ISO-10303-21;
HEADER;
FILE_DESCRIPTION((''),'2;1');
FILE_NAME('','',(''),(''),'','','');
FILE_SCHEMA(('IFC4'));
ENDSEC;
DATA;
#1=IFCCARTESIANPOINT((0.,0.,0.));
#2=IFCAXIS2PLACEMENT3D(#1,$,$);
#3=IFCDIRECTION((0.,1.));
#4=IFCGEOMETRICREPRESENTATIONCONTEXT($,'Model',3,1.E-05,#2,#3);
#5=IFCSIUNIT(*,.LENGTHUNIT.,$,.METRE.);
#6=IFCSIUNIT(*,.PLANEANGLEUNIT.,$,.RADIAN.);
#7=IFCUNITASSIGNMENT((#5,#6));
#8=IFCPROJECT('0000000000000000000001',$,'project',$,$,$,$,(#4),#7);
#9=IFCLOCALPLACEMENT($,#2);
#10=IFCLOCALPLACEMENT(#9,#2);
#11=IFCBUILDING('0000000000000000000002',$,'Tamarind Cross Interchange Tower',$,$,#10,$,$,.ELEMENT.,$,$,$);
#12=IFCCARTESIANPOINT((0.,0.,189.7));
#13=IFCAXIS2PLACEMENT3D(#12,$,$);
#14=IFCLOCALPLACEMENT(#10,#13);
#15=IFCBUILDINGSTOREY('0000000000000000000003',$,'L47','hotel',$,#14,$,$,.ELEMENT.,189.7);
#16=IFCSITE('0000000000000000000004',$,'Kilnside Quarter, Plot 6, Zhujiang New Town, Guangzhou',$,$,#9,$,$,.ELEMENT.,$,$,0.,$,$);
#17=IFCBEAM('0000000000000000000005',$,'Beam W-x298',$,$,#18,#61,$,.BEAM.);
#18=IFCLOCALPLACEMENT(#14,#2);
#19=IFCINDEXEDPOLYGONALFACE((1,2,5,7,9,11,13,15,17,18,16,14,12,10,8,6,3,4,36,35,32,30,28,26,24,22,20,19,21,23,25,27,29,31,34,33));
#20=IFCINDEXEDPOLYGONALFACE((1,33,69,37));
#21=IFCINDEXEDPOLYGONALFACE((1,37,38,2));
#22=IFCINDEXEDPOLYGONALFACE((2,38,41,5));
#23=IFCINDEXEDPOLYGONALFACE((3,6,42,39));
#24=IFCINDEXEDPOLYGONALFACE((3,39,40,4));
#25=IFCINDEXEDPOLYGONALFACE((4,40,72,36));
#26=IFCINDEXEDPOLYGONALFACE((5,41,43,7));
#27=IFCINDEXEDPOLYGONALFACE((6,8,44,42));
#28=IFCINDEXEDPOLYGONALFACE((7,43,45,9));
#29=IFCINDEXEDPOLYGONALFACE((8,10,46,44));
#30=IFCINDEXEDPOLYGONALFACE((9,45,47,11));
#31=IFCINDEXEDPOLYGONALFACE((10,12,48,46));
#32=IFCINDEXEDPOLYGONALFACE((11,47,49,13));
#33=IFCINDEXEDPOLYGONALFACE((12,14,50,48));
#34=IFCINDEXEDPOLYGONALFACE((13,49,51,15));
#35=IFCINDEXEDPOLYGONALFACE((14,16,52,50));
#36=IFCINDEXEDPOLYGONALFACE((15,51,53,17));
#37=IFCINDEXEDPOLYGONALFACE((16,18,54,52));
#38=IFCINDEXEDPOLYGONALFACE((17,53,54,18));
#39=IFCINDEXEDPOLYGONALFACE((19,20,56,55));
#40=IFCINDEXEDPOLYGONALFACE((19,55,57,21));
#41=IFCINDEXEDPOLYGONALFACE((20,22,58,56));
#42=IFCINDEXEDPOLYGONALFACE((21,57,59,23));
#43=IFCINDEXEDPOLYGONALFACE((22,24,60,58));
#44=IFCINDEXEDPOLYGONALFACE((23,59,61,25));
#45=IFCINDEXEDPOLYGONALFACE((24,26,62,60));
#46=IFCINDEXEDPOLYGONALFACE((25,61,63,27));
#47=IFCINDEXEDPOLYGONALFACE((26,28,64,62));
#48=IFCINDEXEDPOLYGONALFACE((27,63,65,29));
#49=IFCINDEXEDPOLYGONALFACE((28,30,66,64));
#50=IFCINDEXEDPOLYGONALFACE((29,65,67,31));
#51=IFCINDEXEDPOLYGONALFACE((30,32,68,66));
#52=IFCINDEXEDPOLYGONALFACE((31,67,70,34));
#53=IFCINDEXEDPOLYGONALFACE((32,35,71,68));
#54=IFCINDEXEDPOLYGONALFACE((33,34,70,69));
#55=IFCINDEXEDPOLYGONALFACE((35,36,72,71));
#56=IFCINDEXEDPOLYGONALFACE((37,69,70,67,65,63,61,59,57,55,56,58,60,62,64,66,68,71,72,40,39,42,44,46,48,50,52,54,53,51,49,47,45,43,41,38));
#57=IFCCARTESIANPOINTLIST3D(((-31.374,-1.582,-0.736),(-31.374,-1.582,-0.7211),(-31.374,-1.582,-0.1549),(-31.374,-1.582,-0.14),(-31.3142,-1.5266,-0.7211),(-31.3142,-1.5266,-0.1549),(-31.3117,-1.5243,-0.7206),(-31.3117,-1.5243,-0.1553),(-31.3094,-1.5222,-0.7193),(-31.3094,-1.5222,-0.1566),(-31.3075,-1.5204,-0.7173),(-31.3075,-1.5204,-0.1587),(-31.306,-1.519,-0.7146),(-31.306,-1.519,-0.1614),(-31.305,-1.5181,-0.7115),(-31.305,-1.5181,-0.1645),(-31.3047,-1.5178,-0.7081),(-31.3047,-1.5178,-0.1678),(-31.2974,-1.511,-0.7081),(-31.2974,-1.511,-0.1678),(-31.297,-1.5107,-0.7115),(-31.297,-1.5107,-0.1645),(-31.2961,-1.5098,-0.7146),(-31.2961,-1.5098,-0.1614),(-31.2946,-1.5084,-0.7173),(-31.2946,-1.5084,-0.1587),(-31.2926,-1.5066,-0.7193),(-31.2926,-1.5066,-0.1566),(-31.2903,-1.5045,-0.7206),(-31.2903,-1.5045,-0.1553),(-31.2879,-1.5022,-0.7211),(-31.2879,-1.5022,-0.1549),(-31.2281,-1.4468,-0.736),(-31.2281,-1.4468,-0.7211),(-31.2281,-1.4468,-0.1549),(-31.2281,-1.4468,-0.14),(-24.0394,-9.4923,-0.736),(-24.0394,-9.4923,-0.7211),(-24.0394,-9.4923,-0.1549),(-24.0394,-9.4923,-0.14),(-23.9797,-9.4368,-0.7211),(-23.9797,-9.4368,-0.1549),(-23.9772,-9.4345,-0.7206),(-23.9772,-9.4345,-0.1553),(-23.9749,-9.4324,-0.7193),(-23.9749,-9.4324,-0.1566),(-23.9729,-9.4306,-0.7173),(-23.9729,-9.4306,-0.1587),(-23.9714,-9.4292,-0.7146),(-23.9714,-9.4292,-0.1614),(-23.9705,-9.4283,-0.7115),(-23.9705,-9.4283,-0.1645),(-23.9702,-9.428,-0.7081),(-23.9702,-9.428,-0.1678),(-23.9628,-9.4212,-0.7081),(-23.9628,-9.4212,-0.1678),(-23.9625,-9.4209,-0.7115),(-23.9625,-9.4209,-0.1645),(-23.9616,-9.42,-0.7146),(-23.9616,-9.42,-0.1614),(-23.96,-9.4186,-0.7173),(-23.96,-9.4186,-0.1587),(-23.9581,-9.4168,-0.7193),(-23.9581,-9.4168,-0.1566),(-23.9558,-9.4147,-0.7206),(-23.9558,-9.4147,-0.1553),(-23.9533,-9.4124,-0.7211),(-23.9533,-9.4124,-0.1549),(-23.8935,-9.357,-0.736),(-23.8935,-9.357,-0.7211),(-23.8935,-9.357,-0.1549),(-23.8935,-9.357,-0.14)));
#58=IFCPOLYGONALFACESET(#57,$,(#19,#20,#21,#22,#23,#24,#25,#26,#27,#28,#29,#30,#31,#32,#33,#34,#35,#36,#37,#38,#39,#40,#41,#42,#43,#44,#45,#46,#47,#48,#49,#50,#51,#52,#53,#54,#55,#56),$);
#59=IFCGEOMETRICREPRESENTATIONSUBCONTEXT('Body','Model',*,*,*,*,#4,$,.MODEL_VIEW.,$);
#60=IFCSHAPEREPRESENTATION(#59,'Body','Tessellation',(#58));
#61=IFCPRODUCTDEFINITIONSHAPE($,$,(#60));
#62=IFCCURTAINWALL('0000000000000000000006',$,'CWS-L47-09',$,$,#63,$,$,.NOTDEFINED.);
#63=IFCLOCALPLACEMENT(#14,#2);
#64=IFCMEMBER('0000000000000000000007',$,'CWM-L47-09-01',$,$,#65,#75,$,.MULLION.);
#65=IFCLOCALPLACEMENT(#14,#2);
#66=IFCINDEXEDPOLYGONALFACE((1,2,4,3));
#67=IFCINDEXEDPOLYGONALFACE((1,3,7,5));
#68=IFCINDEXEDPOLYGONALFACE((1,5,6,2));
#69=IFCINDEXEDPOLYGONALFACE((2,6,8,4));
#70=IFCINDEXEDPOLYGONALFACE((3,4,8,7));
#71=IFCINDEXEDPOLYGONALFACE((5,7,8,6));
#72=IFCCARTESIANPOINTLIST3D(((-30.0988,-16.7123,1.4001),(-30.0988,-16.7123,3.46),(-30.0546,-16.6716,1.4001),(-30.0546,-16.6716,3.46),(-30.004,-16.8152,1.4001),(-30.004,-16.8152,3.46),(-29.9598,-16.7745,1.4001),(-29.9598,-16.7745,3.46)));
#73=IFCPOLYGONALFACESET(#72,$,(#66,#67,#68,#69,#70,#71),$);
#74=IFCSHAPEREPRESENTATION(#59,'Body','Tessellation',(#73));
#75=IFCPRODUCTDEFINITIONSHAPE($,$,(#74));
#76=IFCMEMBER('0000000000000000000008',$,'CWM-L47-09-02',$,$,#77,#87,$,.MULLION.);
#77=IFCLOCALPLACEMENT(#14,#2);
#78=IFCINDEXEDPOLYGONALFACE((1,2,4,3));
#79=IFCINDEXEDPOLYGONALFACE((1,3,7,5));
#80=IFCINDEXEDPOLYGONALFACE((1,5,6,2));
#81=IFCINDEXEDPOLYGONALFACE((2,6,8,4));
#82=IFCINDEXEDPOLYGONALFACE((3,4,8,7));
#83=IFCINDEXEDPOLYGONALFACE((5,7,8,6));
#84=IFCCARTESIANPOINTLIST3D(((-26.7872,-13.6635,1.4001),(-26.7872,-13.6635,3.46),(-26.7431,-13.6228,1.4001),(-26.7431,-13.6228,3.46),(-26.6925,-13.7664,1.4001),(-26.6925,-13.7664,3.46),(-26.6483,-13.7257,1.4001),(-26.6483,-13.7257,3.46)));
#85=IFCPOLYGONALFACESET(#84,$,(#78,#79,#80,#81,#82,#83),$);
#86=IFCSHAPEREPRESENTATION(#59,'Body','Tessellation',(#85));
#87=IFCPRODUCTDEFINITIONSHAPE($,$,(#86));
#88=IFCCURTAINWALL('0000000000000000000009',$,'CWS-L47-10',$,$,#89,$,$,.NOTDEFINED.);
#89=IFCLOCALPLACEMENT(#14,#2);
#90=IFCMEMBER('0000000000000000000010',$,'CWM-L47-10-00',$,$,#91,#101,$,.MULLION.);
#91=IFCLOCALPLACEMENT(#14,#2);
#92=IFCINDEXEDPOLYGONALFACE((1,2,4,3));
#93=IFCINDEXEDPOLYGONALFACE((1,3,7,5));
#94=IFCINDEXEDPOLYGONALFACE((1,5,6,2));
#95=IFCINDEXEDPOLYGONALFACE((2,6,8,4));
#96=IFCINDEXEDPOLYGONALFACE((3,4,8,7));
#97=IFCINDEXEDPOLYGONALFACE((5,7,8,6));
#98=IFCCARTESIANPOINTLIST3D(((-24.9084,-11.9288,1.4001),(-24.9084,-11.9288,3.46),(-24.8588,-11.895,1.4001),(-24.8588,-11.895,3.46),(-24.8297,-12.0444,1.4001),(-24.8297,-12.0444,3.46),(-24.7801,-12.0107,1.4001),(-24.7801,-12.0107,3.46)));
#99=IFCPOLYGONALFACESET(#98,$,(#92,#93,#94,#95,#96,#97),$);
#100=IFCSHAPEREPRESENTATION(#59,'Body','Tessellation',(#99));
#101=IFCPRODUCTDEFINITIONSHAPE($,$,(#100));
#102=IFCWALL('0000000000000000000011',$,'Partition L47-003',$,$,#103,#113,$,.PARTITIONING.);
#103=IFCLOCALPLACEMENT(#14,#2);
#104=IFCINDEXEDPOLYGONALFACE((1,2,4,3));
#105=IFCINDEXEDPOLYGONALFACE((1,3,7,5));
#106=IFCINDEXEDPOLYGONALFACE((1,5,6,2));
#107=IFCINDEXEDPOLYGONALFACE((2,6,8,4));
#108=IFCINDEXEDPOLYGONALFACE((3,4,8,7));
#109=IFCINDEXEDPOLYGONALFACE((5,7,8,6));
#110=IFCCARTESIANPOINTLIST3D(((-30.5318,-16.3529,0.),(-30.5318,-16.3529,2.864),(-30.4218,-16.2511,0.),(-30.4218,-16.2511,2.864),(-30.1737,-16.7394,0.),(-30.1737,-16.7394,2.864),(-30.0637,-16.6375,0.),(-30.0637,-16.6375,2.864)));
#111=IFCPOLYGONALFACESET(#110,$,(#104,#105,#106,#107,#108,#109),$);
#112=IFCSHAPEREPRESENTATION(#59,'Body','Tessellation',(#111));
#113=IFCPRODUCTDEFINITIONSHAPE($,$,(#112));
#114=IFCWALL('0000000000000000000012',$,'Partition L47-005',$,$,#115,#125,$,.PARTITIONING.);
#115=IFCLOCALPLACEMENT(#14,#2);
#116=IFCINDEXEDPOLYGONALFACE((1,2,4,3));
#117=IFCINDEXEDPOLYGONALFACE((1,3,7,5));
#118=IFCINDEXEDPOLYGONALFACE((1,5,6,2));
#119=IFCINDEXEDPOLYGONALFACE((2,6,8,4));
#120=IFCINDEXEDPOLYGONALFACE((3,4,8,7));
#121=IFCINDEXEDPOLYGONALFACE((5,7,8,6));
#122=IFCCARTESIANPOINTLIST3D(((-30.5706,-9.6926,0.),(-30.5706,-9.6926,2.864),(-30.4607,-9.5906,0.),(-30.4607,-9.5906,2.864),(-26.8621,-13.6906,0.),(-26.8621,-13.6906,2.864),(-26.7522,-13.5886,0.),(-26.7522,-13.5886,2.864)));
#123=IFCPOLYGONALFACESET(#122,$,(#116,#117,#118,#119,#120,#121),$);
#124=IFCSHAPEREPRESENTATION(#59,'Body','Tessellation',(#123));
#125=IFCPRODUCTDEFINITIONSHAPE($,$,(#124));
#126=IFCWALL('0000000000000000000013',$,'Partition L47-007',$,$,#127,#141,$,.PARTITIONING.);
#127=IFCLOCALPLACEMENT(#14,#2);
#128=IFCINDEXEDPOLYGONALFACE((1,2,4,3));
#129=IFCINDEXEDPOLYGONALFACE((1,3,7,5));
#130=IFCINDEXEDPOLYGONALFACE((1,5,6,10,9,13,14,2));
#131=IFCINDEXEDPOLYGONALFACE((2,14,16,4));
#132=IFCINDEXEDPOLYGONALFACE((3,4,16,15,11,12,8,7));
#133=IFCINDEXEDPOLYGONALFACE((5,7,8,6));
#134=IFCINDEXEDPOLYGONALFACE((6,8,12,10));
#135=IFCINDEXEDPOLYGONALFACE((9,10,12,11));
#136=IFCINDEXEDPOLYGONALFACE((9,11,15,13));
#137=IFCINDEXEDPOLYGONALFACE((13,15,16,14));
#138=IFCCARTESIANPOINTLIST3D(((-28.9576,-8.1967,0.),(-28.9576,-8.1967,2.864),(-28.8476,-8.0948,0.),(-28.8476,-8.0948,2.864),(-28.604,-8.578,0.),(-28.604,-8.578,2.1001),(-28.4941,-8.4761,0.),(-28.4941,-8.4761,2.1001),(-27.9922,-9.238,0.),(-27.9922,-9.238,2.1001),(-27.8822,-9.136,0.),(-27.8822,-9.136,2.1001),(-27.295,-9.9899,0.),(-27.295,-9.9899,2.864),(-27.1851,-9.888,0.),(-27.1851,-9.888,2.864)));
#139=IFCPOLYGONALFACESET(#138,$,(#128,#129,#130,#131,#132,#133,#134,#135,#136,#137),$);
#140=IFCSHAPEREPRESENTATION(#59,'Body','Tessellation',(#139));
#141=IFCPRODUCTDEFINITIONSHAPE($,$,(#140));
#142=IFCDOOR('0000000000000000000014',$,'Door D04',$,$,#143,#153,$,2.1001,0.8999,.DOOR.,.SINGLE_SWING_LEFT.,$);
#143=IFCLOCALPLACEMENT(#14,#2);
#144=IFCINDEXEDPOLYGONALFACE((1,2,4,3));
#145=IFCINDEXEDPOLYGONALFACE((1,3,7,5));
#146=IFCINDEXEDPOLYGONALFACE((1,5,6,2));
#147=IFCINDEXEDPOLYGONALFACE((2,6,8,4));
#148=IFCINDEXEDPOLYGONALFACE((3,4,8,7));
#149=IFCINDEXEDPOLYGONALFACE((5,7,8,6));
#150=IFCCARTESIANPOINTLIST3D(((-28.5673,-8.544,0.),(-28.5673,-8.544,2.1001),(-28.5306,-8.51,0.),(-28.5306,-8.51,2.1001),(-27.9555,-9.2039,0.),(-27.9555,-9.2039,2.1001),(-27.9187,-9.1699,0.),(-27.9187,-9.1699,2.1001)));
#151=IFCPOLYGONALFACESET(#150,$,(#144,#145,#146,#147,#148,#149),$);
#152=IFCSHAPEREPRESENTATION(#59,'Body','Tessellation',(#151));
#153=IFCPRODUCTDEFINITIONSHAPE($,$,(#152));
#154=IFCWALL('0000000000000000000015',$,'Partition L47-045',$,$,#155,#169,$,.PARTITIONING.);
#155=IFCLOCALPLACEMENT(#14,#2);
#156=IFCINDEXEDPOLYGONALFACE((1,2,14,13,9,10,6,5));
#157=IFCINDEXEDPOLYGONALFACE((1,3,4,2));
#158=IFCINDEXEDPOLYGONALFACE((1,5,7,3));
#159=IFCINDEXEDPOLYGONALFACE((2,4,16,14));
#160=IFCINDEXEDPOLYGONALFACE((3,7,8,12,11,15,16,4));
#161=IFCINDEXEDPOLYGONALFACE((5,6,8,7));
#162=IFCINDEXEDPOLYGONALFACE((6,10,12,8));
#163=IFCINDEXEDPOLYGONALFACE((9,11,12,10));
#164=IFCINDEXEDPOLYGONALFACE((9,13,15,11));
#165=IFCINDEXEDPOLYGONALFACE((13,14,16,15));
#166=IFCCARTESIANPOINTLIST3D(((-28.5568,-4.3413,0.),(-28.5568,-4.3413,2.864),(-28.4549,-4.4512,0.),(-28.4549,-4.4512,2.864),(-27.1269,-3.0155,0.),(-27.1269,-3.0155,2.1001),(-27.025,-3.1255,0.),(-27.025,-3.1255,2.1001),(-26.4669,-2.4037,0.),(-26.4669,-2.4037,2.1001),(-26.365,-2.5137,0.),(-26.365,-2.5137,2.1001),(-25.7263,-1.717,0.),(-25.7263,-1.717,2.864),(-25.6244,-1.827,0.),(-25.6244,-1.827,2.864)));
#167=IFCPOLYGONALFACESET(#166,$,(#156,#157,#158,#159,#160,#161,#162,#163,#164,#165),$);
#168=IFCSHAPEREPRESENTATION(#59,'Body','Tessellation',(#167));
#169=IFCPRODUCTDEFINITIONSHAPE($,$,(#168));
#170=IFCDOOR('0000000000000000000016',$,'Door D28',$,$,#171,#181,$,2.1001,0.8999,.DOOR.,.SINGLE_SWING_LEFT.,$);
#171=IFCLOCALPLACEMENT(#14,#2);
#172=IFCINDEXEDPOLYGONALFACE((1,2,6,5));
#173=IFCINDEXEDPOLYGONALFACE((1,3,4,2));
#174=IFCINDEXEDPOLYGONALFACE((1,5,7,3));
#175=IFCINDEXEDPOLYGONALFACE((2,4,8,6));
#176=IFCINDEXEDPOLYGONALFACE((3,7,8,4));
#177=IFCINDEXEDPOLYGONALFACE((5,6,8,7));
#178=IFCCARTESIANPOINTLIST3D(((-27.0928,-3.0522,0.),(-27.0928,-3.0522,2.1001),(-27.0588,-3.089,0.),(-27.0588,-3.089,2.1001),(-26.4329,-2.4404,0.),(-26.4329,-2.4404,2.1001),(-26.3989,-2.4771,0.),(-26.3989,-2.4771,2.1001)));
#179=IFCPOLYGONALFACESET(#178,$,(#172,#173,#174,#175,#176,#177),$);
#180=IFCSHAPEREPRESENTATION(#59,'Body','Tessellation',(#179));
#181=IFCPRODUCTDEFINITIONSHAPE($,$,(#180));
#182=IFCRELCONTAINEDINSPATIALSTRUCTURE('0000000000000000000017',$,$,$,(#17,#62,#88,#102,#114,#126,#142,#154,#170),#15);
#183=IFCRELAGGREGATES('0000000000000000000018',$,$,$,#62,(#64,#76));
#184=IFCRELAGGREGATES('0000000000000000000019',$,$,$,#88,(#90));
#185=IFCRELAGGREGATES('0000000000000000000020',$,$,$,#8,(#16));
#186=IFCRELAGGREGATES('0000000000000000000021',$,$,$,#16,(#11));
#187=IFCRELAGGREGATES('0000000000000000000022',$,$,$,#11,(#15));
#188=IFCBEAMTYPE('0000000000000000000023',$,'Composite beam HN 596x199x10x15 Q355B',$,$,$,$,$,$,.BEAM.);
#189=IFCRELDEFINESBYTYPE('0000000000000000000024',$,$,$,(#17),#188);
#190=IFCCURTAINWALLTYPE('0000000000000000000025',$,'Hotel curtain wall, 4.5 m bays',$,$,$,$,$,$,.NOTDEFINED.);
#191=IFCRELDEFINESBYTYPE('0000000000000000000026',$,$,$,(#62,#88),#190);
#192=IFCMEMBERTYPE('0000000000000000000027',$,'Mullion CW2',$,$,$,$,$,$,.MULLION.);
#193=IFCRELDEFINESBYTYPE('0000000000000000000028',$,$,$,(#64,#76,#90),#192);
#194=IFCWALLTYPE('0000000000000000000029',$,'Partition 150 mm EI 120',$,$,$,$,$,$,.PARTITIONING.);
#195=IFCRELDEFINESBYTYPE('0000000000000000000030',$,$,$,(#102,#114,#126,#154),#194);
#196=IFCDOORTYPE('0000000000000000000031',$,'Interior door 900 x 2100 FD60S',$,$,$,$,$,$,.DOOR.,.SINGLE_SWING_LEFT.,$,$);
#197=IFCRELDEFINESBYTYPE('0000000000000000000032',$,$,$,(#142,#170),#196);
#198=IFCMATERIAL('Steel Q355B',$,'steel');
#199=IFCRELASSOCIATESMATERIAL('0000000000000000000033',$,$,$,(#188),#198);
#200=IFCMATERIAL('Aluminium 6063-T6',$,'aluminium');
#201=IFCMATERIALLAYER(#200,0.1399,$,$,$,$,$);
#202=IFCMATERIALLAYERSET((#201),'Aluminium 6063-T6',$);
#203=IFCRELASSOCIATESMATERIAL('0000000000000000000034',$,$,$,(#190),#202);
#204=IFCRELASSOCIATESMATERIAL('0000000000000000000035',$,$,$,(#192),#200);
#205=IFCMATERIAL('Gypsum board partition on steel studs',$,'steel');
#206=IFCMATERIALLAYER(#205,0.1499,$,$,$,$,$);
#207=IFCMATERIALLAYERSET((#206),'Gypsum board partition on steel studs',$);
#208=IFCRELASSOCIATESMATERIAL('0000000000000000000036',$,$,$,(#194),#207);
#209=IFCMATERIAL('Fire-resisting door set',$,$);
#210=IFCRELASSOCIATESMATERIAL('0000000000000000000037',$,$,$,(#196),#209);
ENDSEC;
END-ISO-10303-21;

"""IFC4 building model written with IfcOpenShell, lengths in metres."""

from ifc_helpers import new_model, si_unit, direction, frame, frame_2d, origin, origin_2d, place, context, subcontext, project, spatial, rectangle, i_section, extrude, material, layer, layer_set, material_profile, profile_set, type_object, element, fill, aggregate, save


model = new_model("IFC4")

# Units and contexts
model_context = context("Model", 3, precision=1e-05, world=origin(), true_north=direction((0.0, 1.0)))
body_context = subcontext(model_context, "Body", "Model", "MODEL_VIEW")
ifc_project = project(units=[si_unit("LENGTHUNIT", "METRE"), si_unit("PLANEANGLEUNIT", "RADIAN")], contexts=[model_context])

# Site, building, storey
site_placement = place(None, origin())
site = spatial("IfcSite", under=ifc_project, at=site_placement, Name="Kilnside Quarter, Plot 6, Zhujiang New Town, Guangzhou", CompositionType="ELEMENT", RefElevation=0.0)
building_placement = place(site_placement, origin())
building = spatial("IfcBuilding", under=site, at=building_placement, Name="Tamarind Cross Interchange Tower", CompositionType="ELEMENT")
storey_placement = place(building_placement, frame((0.0, 0.0, 189.7)))
storey = spatial("IfcBuildingStorey", under=building, at=storey_placement, Name="L47", Description="hotel", CompositionType="ELEMENT", Elevation=189.7)

# Beam
ifc_material_1 = material(Name="Steel Q355B", Category="steel")
ifc_material_profile_1 = material_profile(ifc_material_1, i_section(OverallWidth=0.199, OverallDepth=0.5959, WebThickness=0.01, FlangeThickness=0.0149, FilletRadius=0.0129, at=origin_2d()), Name="HN 596x199x10x15")
ifc_profile_set_1 = profile_set([ifc_material_profile_1], Name="Steel Q355B")
beam_type_1 = type_object("IfcBeamType", Name="Composite beam HN 596x199x10x15 Q355B", PredefinedType="BEAM", material=ifc_profile_set_1)
beam_1_placement = place(storey_placement, frame((-31.301, -1.5144, -0.438), z_axis=(0.67992, -0.733287, 0.0), x_axis=(0.733287, 0.67992, 0.0)))
element("IfcBeam", 1, at=beam_1_placement, inside=storey, type_object=beam_type_1, Name="Beam W-x298", PredefinedType="BEAM", context=body_context, shape_type="SweptSolid", body=[
    extrude(i_section(OverallWidth=0.199, OverallDepth=0.5959, WebThickness=0.01, FlangeThickness=0.0149, FilletRadius=0.0129, at=origin_2d()), origin(), (0.0, 0.0, 1.0), 10.7874),
])

# Curtain wall, members
ifc_material_2 = material(Name="Aluminium 6063-T6", Category="aluminium")
ifc_layer_1 = layer(ifc_material_2, 0.1399)
ifc_layer_set_1 = layer_set([ifc_layer_1], Name="Aluminium 6063-T6")
curtain_wall_type = type_object("IfcCurtainWallType", Name="Hotel curtain wall, 4.5 m bays", PredefinedType="NOTDEFINED", material=ifc_layer_set_1)
curtain_wall_1_placement = place(storey_placement, origin())
curtain_wall_1 = element("IfcCurtainWall", 2, at=curtain_wall_1_placement, inside=storey, type_object=curtain_wall_type, Name="CWS-L47-09", PredefinedType="NOTDEFINED")
ifc_material_profile_2 = material_profile(ifc_material_2, rectangle(XDim=0.0601, YDim=0.1399, at=origin_2d()), Name="Mullion CW2")
ifc_profile_set_2 = profile_set([ifc_material_profile_2], Name="Aluminium 6063-T6")
member_type = type_object("IfcMemberType", Name="Mullion CW2", PredefinedType="MULLION", material=ifc_profile_set_2)
member_1_placement = place(storey_placement, frame((-30.0293, -16.7434, 1.4001), z_axis=(0.0, 0.0, 1.0), x_axis=(0.735697, 0.67731, 0.0)))
member_1 = element("IfcMember", 3, at=member_1_placement, type_object=member_type, Name="CWM-L47-09-01", PredefinedType="MULLION", context=body_context, shape_type="SweptSolid", body=[
    extrude(rectangle(XDim=0.0601, YDim=0.1399, at=origin_2d()), origin(), (0.0, 0.0, 1.0), 2.0598),
])
member_2_placement = place(storey_placement, frame((-26.7178, -13.6946, 1.4001), z_axis=(0.0, 0.0, 1.0), x_axis=(0.735697, 0.67731, 0.0)))
member_2 = element("IfcMember", 4, at=member_2_placement, type_object=member_type, Name="CWM-L47-09-02", PredefinedType="MULLION", context=body_context, shape_type="SweptSolid", body=[
    extrude(rectangle(XDim=0.0601, YDim=0.1399, at=origin_2d()), origin(), (0.0, 0.0, 1.0), 2.0598),
])
aggregate(curtain_wall_1, [member_1, member_2])

# Curtain wall, member
curtain_wall_2_placement = place(storey_placement, origin())
curtain_wall_2 = element("IfcCurtainWall", 5, at=curtain_wall_2_placement, inside=storey, type_object=curtain_wall_type, Name="CWS-L47-10", PredefinedType="NOTDEFINED")
member_3_placement = place(storey_placement, frame((-24.8442, -11.9697, 1.4001), z_axis=(0.0, 0.0, 1.0), x_axis=(0.826773, 0.562536, 0.0)))
member_3 = element("IfcMember", 6, at=member_3_placement, type_object=member_type, Name="CWM-L47-10-00", PredefinedType="MULLION", context=body_context, shape_type="SweptSolid", body=[
    extrude(rectangle(XDim=0.0601, YDim=0.1399, at=origin_2d()), origin(), (0.0, 0.0, 1.0), 2.0598),
])
aggregate(curtain_wall_2, [member_3])

# Walls
ifc_material_3 = material(Name="Gypsum board partition on steel studs", Category="steel")
ifc_layer_2 = layer(ifc_material_3, 0.1499)
ifc_layer_set_2 = layer_set([ifc_layer_2], Name="Gypsum board partition on steel studs")
wall_type_1 = type_object("IfcWallType", Name="Partition 150 mm EI 120", PredefinedType="PARTITIONING", material=ifc_layer_set_2)
wall_1_placement = place(storey_placement, frame((-30.4768, -16.302, 0.0), z_axis=(0.0, 0.0, 1.0), x_axis=(0.679722, -0.73347, 0.0)))
element("IfcWall", 7, at=wall_1_placement, inside=storey, type_object=wall_type_1, Name="Partition L47-003", PredefinedType="PARTITIONING", context=body_context, shape_type="SweptSolid", body=[
    extrude(rectangle(XDim=0.5269, YDim=0.1499, at=frame_2d((0.2634, 0.0))), origin(), (0.0, 0.0, 1.0), 2.864),
])
wall_2_placement = place(storey_placement, frame((-30.5156, -9.6416, 0.0), z_axis=(0.0, 0.0, 1.0), x_axis=(0.680059, -0.733157, 0.0)))
element("IfcWall", 8, at=wall_2_placement, inside=storey, type_object=wall_type_1, Name="Partition L47-005", PredefinedType="PARTITIONING", context=body_context, shape_type="SweptSolid", body=[
    extrude(rectangle(XDim=5.4531, YDim=0.1499, at=frame_2d((2.7266, 0.0))), origin(), (0.0, 0.0, 1.0), 2.864),
])

# Walls, openings, doors
wall_3_placement = place(storey_placement, frame((-28.9026, -8.1458, 0.0), z_axis=(0.0, 0.0, 1.0), x_axis=(0.679896, -0.733309, 0.0)))
wall_3 = element("IfcWall", 9, at=wall_3_placement, inside=storey, type_object=wall_type_1, Name="Partition L47-007", PredefinedType="PARTITIONING", context=body_context, shape_type="SweptSolid", body=[
    extrude(rectangle(XDim=2.4453, YDim=0.1499, at=frame_2d((1.2227, 0.0))), origin(), (0.0, 0.0, 1.0), 2.864),
])
opening_1_placement = place(wall_3_placement, frame((0.52, 0.0, 0.0)))
opening_1 = element("IfcOpeningElement", 10, at=opening_1_placement, cuts=wall_3, PredefinedType="OPENING", context=body_context, shape_type="SweptSolid", body=[
    extrude(rectangle(XDim=0.8999, YDim=2.1001, at=frame_2d((0.45, 1.05))), frame((0.0, 0.085, 0.0), z_axis=(0.0, -1.0, 0.0), x_axis=(1.0, 0.0, 0.0)), (0.0, 0.0, 1.0), 0.1699),
])
ifc_material_4 = material(Name="Fire-resisting door set")
door_type_1 = type_object("IfcDoorType", Name="Interior door 900 x 2100 FD60S", OperationType="SINGLE_SWING_LEFT", PredefinedType="DOOR", material=ifc_material_4)
door_1_placement = place(opening_1_placement, frame((0.8999, 0.0, 0.0), z_axis=(0.0, 0.0, 1.0), x_axis=(-1.0, 0.0, 0.0)))
door_1 = element("IfcDoor", 11, at=door_1_placement, inside=storey, type_object=door_type_1, Name="Door D04", OperationType="SINGLE_SWING_LEFT", OverallHeight=2.1001, OverallWidth=0.8999, PredefinedType="DOOR", context=body_context, shape_type="SweptSolid", body=[
    extrude(rectangle(XDim=0.8999, YDim=2.1001, at=frame_2d((0.45, 1.05))), frame((0.0, 0.0249, 0.0), z_axis=(0.0, -1.0, 0.0), x_axis=(1.0, 0.0, 0.0)), (0.0, 0.0, 1.0), 0.05),
])
fill(opening_1, door_1)
wall_4_placement = place(storey_placement, frame((-28.5059, -4.3962, 0.0), z_axis=(0.0, 0.0, 1.0), x_axis=(0.733325, 0.679878, 0.0)))
wall_4 = element("IfcWall", 12, at=wall_4_placement, inside=storey, type_object=wall_type_1, Name="Partition L47-045", PredefinedType="PARTITIONING", context=body_context, shape_type="SweptSolid", body=[
    extrude(rectangle(XDim=3.8599, YDim=0.1499, at=frame_2d((1.9299, 0.0))), origin(), (0.0, 0.0, 1.0), 2.864),
])
opening_2_placement = place(wall_4_placement, frame((1.95, 0.0, 0.0)))
opening_2 = element("IfcOpeningElement", 13, at=opening_2_placement, cuts=wall_4, PredefinedType="OPENING", context=body_context, shape_type="SweptSolid", body=[
    extrude(rectangle(XDim=0.8999, YDim=2.1001, at=frame_2d((0.45, 1.05))), frame((0.0, 0.085, 0.0), z_axis=(0.0, -1.0, 0.0), x_axis=(1.0, 0.0, 0.0)), (0.0, 0.0, 1.0), 0.1699),
])
door_2_placement = place(opening_2_placement, origin())
door_2 = element("IfcDoor", 14, at=door_2_placement, inside=storey, type_object=door_type_1, Name="Door D28", OperationType="SINGLE_SWING_LEFT", OverallHeight=2.1001, OverallWidth=0.8999, PredefinedType="DOOR", context=body_context, shape_type="SweptSolid", body=[
    extrude(rectangle(XDim=0.8999, YDim=2.1001, at=frame_2d((0.45, 1.05))), frame((0.0, 0.0249, 0.0), z_axis=(0.0, -1.0, 0.0), x_axis=(1.0, 0.0, 0.0)), (0.0, 0.0, 1.0), 0.05),
])
fill(opening_2, door_2)

save(model, "model.ifc")
